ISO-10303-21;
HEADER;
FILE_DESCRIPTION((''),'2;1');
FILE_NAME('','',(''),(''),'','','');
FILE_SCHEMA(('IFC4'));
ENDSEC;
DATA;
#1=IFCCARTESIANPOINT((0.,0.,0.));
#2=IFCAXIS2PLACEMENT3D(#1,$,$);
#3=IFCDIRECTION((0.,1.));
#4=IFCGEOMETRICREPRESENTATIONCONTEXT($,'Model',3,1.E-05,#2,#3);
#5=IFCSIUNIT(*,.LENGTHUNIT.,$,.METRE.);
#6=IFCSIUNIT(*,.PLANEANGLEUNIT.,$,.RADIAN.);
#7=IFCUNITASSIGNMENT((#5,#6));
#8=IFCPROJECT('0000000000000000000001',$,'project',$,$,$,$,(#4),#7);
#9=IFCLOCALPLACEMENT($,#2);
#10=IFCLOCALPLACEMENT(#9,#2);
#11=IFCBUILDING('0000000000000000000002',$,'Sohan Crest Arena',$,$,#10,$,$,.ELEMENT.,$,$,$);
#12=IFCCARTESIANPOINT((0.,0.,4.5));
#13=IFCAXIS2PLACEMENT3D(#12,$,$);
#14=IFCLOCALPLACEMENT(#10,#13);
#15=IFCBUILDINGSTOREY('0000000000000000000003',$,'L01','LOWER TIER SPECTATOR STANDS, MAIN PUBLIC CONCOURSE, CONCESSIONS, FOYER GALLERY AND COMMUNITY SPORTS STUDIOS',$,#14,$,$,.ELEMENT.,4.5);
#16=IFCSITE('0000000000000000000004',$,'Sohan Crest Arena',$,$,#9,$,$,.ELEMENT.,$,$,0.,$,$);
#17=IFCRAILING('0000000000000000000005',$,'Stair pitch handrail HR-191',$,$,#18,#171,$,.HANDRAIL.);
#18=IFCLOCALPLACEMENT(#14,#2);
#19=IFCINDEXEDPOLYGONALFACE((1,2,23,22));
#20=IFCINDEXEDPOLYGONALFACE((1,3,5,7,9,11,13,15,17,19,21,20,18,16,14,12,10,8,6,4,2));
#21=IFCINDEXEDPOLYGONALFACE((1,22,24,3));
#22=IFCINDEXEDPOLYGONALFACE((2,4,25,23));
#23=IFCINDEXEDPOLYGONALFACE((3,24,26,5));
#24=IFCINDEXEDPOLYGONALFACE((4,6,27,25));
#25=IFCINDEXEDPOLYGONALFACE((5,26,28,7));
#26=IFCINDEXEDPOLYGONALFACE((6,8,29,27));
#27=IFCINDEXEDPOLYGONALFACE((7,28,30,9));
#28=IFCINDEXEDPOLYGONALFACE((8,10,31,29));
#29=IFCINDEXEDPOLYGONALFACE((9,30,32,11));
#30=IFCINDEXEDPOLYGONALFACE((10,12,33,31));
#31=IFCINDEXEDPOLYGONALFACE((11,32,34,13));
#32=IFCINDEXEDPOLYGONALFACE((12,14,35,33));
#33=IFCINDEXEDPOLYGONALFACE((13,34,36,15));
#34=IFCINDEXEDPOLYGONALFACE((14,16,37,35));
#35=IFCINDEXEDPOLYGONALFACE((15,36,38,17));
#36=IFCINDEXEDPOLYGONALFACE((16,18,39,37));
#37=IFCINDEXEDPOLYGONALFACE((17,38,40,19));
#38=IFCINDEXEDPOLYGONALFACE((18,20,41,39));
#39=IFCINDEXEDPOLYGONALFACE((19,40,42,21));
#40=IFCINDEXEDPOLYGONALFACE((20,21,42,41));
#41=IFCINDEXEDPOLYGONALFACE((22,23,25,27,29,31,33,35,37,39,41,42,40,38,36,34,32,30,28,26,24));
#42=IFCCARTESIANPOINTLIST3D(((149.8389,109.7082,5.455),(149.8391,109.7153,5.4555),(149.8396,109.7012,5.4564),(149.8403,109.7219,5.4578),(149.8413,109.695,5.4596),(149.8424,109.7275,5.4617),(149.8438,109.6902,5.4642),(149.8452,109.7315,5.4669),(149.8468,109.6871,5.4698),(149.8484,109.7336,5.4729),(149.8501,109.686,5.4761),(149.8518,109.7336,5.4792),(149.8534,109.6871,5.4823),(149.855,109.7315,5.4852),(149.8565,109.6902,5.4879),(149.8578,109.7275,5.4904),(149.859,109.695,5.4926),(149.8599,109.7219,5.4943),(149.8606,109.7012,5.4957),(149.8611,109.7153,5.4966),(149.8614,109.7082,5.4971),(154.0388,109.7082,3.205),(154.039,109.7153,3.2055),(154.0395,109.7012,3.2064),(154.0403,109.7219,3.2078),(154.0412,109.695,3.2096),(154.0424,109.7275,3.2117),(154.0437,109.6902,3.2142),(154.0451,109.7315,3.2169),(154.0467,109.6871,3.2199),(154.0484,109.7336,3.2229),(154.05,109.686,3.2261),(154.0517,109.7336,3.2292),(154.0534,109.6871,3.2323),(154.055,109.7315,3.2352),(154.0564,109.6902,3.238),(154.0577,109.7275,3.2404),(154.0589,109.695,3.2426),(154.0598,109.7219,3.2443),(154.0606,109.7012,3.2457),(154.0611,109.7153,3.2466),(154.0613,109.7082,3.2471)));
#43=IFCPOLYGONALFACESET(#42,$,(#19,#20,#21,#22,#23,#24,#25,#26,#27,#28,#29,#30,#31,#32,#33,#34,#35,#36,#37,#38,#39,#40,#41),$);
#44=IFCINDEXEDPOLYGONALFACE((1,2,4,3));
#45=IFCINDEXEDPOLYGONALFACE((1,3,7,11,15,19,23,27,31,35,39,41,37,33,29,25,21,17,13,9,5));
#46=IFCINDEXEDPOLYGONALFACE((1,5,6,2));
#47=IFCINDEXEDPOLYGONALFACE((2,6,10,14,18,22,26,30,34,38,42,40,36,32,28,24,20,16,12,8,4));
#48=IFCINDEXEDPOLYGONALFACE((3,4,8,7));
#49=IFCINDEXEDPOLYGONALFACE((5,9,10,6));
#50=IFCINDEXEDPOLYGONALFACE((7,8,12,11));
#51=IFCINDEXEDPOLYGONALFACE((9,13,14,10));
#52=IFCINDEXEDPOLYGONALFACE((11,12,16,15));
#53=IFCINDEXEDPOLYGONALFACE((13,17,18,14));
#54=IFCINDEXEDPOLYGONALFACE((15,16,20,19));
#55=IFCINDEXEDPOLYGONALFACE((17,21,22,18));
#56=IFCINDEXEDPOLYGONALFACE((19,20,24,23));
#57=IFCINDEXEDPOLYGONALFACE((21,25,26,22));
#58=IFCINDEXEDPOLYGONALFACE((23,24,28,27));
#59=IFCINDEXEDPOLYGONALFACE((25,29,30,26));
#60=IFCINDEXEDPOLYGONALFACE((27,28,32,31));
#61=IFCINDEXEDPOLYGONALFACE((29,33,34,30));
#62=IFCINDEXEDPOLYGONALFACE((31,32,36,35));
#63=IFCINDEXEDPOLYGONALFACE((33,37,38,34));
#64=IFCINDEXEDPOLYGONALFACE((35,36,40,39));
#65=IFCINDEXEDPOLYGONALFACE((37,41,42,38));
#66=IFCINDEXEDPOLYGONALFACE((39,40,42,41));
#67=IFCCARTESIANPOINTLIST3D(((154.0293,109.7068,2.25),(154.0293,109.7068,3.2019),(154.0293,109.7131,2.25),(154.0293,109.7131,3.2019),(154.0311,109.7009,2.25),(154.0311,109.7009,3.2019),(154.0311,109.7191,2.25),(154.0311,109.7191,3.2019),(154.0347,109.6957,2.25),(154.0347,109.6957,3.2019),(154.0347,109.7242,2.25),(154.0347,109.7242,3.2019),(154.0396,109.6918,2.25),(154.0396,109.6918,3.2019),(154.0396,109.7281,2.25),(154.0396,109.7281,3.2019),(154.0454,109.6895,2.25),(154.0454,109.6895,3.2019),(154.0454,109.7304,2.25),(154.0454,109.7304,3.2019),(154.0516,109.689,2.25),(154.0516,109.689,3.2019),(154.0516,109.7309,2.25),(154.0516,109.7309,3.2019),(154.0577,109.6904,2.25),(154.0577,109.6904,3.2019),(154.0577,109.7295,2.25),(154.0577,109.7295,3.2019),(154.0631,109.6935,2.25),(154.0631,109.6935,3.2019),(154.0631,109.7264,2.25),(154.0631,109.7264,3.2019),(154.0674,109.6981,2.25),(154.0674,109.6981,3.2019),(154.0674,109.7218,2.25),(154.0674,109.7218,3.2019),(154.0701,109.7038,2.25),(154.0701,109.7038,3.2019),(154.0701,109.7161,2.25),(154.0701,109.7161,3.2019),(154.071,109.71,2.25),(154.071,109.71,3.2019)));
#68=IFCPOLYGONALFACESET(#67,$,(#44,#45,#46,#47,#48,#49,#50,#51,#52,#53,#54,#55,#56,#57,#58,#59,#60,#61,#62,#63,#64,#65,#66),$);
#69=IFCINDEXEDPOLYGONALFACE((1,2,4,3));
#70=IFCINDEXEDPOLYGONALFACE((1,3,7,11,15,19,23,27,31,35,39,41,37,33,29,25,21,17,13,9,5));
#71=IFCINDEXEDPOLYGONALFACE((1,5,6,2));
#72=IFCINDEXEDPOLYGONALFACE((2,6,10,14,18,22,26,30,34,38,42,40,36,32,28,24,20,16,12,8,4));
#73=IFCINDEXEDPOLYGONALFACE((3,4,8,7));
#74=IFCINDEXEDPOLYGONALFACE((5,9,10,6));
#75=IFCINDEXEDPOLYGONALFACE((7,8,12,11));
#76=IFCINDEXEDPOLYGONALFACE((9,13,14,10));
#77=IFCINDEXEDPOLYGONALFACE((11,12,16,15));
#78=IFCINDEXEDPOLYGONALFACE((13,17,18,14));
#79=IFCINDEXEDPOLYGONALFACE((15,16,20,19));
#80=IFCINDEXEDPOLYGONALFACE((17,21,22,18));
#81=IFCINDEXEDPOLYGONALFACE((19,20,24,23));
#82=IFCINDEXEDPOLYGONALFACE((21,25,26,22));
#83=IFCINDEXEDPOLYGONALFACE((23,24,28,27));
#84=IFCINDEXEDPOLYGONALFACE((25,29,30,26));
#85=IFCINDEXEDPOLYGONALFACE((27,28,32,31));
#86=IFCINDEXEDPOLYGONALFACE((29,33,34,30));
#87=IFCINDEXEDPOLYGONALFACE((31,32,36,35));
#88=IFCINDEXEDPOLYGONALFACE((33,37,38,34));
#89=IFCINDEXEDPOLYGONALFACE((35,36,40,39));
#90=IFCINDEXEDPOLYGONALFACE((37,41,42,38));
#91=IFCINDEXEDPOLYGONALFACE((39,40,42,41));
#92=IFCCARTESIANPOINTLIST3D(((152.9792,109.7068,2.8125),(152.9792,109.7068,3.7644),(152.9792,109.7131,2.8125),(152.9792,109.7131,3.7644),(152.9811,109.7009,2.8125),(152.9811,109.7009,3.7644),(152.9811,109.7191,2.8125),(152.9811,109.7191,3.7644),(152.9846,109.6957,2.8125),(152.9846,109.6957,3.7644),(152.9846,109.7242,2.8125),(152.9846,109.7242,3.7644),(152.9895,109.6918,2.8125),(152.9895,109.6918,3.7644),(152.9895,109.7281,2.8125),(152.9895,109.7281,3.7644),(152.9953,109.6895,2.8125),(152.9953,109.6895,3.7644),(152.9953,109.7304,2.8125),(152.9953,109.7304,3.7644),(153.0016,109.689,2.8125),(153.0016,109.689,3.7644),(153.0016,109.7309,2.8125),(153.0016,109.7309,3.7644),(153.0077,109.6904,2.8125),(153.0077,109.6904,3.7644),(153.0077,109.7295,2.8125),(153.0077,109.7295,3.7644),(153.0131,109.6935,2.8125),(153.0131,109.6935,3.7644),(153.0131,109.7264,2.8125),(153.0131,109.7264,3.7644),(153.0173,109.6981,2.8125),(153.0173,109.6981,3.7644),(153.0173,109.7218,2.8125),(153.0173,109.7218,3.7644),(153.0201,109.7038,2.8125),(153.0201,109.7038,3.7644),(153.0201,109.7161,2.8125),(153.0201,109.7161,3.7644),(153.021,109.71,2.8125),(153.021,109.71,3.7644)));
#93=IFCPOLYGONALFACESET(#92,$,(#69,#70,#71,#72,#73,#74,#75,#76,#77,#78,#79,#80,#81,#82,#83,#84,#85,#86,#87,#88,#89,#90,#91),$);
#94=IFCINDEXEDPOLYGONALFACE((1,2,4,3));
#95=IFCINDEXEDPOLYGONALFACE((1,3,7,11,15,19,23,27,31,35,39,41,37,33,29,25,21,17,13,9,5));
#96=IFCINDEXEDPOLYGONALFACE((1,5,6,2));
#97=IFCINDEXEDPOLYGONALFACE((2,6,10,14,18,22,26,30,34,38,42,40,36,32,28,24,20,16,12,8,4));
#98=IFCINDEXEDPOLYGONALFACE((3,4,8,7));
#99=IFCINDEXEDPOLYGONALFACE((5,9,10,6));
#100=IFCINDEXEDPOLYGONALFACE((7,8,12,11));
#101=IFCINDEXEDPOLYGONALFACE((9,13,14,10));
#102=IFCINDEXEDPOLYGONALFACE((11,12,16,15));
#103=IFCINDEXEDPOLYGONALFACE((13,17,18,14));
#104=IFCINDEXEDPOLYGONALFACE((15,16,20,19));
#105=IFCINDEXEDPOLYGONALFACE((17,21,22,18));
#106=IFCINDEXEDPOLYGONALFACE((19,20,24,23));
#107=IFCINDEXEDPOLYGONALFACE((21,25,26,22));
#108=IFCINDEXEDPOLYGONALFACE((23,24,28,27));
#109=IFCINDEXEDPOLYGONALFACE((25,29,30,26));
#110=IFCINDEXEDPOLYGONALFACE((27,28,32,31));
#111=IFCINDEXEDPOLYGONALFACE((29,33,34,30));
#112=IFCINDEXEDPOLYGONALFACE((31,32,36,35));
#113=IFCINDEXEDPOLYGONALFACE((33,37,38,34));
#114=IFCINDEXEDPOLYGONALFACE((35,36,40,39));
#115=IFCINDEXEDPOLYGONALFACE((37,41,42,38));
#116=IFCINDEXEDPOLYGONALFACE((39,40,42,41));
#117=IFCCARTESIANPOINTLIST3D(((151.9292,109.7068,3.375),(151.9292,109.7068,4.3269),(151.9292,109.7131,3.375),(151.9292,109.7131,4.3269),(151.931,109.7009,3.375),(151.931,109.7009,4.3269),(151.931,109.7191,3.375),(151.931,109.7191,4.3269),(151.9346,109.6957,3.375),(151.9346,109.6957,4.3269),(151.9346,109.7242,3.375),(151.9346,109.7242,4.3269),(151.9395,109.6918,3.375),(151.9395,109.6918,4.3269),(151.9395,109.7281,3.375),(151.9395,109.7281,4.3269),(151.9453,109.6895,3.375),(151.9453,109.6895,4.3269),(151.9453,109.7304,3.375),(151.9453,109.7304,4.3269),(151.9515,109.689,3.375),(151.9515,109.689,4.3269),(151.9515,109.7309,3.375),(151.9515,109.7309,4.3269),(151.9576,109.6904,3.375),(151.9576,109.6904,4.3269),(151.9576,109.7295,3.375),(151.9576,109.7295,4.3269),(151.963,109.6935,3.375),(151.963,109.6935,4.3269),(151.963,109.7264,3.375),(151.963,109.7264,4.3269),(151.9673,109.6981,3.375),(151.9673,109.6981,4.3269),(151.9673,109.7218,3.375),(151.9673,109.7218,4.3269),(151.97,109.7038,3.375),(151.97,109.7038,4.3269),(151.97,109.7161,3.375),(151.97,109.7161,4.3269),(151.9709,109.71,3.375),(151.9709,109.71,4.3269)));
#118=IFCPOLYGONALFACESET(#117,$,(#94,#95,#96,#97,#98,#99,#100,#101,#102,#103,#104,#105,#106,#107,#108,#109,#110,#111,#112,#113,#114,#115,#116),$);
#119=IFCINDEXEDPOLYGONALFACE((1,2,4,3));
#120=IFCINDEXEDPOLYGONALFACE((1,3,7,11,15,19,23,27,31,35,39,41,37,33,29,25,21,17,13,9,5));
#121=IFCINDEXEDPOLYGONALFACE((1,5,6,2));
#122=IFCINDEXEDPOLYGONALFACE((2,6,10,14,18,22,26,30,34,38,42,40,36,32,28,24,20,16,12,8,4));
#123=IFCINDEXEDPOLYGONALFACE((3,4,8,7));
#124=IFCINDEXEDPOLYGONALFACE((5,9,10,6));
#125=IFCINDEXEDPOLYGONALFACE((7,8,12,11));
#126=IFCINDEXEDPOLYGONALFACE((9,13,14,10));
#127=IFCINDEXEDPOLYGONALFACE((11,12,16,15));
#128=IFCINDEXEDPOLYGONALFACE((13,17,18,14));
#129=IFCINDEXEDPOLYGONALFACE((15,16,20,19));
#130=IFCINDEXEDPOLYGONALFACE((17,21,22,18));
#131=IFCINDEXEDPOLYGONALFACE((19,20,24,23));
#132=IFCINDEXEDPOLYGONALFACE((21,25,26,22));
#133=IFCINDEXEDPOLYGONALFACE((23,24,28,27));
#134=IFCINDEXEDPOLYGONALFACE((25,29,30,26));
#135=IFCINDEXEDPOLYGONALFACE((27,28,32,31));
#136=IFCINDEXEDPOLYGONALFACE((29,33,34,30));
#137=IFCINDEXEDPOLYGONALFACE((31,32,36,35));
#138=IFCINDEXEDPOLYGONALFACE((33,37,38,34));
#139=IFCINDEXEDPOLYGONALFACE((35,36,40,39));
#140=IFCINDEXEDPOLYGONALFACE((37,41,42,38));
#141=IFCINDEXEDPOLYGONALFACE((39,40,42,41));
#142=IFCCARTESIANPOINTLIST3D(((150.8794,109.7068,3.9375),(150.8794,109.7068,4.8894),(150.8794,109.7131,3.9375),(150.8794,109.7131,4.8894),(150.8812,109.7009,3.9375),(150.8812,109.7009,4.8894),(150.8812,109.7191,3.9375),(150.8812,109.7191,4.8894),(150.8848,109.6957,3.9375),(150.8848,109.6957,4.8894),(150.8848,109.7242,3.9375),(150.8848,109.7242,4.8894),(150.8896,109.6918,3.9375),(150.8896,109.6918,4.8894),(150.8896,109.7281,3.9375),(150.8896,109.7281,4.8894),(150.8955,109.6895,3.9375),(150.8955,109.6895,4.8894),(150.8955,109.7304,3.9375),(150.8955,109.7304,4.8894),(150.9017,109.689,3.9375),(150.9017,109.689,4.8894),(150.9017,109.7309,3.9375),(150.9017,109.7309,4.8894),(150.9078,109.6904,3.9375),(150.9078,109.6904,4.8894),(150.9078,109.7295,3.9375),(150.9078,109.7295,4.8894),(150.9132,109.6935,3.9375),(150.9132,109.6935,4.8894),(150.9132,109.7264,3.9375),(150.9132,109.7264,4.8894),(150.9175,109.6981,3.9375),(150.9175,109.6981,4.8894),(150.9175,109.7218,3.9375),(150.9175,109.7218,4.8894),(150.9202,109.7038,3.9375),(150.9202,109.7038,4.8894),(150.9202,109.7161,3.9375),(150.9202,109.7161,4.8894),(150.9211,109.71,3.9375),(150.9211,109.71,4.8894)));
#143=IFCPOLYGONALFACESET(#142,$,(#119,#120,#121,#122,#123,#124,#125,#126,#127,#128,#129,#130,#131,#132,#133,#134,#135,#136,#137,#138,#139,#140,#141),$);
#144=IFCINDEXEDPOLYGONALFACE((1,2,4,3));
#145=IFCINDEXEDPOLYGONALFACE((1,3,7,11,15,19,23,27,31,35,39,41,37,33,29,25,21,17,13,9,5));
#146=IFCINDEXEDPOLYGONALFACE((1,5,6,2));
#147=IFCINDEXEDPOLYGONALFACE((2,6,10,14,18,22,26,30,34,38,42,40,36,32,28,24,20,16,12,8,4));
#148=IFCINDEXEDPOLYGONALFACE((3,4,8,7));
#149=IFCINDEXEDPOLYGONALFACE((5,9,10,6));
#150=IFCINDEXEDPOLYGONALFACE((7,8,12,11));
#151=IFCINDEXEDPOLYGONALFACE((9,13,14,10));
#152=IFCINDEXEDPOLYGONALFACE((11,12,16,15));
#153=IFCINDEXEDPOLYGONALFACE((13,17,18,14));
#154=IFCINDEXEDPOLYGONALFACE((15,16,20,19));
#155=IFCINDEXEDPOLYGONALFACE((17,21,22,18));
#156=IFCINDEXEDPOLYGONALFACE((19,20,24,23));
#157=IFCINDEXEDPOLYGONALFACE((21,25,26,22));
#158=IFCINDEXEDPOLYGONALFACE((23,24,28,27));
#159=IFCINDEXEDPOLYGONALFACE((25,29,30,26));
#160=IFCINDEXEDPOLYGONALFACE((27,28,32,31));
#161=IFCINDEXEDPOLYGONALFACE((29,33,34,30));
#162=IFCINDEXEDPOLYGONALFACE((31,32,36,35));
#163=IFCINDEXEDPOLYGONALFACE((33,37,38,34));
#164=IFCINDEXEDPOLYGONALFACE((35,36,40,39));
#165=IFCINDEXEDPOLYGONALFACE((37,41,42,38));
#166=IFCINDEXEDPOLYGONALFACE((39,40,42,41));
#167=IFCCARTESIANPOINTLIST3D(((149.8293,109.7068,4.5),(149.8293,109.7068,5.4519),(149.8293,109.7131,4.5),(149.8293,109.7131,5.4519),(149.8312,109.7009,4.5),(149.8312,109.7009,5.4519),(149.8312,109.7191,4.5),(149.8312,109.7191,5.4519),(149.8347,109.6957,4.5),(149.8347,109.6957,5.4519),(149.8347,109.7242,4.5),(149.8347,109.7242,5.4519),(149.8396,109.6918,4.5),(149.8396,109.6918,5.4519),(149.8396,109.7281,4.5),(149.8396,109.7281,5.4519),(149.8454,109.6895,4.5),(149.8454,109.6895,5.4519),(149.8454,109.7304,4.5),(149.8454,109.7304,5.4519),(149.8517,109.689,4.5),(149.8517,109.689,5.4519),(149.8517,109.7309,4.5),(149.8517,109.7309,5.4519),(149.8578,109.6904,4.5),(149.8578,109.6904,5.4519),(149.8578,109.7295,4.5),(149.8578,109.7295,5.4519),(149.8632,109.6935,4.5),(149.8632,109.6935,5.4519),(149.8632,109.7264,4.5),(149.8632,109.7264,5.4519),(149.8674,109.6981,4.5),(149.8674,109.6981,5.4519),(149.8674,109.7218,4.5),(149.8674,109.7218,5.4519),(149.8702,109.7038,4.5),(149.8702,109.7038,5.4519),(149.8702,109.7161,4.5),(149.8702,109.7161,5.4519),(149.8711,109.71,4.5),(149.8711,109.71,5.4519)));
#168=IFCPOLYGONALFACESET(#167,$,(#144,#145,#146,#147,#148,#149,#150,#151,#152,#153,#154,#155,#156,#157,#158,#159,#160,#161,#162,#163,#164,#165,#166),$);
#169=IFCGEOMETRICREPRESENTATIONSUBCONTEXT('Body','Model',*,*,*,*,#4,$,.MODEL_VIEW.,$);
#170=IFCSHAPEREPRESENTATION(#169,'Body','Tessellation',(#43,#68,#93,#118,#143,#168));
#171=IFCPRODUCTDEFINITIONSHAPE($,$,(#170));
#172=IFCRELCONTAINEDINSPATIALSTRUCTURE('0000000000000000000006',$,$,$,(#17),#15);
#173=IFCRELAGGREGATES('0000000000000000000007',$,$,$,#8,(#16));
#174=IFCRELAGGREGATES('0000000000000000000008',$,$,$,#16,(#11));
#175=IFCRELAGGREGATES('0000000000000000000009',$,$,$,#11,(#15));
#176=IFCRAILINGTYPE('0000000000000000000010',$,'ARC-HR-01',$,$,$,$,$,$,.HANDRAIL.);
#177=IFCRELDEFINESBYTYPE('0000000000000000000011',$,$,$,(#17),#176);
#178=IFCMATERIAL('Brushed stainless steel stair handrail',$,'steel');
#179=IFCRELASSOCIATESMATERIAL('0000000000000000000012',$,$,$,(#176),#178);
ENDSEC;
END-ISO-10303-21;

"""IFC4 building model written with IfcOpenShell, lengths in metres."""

from ifc_helpers import new_model, si_unit, direction, frame, origin, origin_2d, place, context, subcontext, project, spatial, circle, extrude, material, type_object, element, save


model = new_model("IFC4")

# Units and contexts
model_context = context("Model", 3, precision=1e-05, world=origin(), true_north=direction((0.0, 1.0)))
body_context = subcontext(model_context, "Body", "Model", "MODEL_VIEW")
ifc_project = project(units=[si_unit("LENGTHUNIT", "METRE"), si_unit("PLANEANGLEUNIT", "RADIAN")], contexts=[model_context])

# Site, building, storey
site_placement = place(None, origin())
site = spatial("IfcSite", under=ifc_project, at=site_placement, Name="Sohan Crest Arena", CompositionType="ELEMENT", RefElevation=0.0)
building_placement = place(site_placement, origin())
building = spatial("IfcBuilding", under=site, at=building_placement, Name="Sohan Crest Arena", CompositionType="ELEMENT")
storey_placement = place(building_placement, frame((0.0, 0.0, 4.5)))
storey = spatial("IfcBuildingStorey", under=building, at=storey_placement, Name="L01", Description="LOWER TIER SPECTATOR STANDS, MAIN PUBLIC CONCOURSE, CONCESSIONS, FOYER GALLERY AND COMMUNITY SPORTS STUDIOS", CompositionType="ELEMENT", Elevation=4.5)

# Railing
ifc_material_1 = material(Name="Brushed stainless steel stair handrail", Category="steel")
railing_type_1 = type_object("IfcRailingType", Name="ARC-HR-01", PredefinedType="HANDRAIL", material=ifc_material_1)
railing_1_placement = place(storey_placement, frame((154.05, 109.71, 2.25)))
element("IfcRailing", 1, at=railing_1_placement, inside=storey, type_object=railing_type_1, Name="Stair pitch handrail HR-191", PredefinedType="HANDRAIL", context=body_context, shape_type="SweptSolid", body=[
    extrude(circle(Radius=0.0239, at=origin_2d()), frame((0.0, 0.0, 0.9761), z_axis=(-0.881478, 0.0, 0.472226), x_axis=(0.0, -1.0, 0.0)), (0.0, 0.0, 1.0), 4.7646),
    extrude(circle(Radius=0.021, at=origin_2d()), origin(), (0.0, 0.0, 1.0), 0.9519),
    extrude(circle(Radius=0.021, at=origin_2d()), frame((-1.05, 0.0, 0.5625)), (0.0, 0.0, 1.0), 0.9519),
    extrude(circle(Radius=0.021, at=origin_2d()), frame((-2.1001, 0.0, 1.125)), (0.0, 0.0, 1.0), 0.9519),
    extrude(circle(Radius=0.021, at=origin_2d()), frame((-3.1499, 0.0, 1.6875)), (0.0, 0.0, 1.0), 0.9519),
    extrude(circle(Radius=0.021, at=origin_2d()), frame((-4.2, 0.0, 2.25)), (0.0, 0.0, 1.0), 0.9519),
])

save(model, "model.ifc")
